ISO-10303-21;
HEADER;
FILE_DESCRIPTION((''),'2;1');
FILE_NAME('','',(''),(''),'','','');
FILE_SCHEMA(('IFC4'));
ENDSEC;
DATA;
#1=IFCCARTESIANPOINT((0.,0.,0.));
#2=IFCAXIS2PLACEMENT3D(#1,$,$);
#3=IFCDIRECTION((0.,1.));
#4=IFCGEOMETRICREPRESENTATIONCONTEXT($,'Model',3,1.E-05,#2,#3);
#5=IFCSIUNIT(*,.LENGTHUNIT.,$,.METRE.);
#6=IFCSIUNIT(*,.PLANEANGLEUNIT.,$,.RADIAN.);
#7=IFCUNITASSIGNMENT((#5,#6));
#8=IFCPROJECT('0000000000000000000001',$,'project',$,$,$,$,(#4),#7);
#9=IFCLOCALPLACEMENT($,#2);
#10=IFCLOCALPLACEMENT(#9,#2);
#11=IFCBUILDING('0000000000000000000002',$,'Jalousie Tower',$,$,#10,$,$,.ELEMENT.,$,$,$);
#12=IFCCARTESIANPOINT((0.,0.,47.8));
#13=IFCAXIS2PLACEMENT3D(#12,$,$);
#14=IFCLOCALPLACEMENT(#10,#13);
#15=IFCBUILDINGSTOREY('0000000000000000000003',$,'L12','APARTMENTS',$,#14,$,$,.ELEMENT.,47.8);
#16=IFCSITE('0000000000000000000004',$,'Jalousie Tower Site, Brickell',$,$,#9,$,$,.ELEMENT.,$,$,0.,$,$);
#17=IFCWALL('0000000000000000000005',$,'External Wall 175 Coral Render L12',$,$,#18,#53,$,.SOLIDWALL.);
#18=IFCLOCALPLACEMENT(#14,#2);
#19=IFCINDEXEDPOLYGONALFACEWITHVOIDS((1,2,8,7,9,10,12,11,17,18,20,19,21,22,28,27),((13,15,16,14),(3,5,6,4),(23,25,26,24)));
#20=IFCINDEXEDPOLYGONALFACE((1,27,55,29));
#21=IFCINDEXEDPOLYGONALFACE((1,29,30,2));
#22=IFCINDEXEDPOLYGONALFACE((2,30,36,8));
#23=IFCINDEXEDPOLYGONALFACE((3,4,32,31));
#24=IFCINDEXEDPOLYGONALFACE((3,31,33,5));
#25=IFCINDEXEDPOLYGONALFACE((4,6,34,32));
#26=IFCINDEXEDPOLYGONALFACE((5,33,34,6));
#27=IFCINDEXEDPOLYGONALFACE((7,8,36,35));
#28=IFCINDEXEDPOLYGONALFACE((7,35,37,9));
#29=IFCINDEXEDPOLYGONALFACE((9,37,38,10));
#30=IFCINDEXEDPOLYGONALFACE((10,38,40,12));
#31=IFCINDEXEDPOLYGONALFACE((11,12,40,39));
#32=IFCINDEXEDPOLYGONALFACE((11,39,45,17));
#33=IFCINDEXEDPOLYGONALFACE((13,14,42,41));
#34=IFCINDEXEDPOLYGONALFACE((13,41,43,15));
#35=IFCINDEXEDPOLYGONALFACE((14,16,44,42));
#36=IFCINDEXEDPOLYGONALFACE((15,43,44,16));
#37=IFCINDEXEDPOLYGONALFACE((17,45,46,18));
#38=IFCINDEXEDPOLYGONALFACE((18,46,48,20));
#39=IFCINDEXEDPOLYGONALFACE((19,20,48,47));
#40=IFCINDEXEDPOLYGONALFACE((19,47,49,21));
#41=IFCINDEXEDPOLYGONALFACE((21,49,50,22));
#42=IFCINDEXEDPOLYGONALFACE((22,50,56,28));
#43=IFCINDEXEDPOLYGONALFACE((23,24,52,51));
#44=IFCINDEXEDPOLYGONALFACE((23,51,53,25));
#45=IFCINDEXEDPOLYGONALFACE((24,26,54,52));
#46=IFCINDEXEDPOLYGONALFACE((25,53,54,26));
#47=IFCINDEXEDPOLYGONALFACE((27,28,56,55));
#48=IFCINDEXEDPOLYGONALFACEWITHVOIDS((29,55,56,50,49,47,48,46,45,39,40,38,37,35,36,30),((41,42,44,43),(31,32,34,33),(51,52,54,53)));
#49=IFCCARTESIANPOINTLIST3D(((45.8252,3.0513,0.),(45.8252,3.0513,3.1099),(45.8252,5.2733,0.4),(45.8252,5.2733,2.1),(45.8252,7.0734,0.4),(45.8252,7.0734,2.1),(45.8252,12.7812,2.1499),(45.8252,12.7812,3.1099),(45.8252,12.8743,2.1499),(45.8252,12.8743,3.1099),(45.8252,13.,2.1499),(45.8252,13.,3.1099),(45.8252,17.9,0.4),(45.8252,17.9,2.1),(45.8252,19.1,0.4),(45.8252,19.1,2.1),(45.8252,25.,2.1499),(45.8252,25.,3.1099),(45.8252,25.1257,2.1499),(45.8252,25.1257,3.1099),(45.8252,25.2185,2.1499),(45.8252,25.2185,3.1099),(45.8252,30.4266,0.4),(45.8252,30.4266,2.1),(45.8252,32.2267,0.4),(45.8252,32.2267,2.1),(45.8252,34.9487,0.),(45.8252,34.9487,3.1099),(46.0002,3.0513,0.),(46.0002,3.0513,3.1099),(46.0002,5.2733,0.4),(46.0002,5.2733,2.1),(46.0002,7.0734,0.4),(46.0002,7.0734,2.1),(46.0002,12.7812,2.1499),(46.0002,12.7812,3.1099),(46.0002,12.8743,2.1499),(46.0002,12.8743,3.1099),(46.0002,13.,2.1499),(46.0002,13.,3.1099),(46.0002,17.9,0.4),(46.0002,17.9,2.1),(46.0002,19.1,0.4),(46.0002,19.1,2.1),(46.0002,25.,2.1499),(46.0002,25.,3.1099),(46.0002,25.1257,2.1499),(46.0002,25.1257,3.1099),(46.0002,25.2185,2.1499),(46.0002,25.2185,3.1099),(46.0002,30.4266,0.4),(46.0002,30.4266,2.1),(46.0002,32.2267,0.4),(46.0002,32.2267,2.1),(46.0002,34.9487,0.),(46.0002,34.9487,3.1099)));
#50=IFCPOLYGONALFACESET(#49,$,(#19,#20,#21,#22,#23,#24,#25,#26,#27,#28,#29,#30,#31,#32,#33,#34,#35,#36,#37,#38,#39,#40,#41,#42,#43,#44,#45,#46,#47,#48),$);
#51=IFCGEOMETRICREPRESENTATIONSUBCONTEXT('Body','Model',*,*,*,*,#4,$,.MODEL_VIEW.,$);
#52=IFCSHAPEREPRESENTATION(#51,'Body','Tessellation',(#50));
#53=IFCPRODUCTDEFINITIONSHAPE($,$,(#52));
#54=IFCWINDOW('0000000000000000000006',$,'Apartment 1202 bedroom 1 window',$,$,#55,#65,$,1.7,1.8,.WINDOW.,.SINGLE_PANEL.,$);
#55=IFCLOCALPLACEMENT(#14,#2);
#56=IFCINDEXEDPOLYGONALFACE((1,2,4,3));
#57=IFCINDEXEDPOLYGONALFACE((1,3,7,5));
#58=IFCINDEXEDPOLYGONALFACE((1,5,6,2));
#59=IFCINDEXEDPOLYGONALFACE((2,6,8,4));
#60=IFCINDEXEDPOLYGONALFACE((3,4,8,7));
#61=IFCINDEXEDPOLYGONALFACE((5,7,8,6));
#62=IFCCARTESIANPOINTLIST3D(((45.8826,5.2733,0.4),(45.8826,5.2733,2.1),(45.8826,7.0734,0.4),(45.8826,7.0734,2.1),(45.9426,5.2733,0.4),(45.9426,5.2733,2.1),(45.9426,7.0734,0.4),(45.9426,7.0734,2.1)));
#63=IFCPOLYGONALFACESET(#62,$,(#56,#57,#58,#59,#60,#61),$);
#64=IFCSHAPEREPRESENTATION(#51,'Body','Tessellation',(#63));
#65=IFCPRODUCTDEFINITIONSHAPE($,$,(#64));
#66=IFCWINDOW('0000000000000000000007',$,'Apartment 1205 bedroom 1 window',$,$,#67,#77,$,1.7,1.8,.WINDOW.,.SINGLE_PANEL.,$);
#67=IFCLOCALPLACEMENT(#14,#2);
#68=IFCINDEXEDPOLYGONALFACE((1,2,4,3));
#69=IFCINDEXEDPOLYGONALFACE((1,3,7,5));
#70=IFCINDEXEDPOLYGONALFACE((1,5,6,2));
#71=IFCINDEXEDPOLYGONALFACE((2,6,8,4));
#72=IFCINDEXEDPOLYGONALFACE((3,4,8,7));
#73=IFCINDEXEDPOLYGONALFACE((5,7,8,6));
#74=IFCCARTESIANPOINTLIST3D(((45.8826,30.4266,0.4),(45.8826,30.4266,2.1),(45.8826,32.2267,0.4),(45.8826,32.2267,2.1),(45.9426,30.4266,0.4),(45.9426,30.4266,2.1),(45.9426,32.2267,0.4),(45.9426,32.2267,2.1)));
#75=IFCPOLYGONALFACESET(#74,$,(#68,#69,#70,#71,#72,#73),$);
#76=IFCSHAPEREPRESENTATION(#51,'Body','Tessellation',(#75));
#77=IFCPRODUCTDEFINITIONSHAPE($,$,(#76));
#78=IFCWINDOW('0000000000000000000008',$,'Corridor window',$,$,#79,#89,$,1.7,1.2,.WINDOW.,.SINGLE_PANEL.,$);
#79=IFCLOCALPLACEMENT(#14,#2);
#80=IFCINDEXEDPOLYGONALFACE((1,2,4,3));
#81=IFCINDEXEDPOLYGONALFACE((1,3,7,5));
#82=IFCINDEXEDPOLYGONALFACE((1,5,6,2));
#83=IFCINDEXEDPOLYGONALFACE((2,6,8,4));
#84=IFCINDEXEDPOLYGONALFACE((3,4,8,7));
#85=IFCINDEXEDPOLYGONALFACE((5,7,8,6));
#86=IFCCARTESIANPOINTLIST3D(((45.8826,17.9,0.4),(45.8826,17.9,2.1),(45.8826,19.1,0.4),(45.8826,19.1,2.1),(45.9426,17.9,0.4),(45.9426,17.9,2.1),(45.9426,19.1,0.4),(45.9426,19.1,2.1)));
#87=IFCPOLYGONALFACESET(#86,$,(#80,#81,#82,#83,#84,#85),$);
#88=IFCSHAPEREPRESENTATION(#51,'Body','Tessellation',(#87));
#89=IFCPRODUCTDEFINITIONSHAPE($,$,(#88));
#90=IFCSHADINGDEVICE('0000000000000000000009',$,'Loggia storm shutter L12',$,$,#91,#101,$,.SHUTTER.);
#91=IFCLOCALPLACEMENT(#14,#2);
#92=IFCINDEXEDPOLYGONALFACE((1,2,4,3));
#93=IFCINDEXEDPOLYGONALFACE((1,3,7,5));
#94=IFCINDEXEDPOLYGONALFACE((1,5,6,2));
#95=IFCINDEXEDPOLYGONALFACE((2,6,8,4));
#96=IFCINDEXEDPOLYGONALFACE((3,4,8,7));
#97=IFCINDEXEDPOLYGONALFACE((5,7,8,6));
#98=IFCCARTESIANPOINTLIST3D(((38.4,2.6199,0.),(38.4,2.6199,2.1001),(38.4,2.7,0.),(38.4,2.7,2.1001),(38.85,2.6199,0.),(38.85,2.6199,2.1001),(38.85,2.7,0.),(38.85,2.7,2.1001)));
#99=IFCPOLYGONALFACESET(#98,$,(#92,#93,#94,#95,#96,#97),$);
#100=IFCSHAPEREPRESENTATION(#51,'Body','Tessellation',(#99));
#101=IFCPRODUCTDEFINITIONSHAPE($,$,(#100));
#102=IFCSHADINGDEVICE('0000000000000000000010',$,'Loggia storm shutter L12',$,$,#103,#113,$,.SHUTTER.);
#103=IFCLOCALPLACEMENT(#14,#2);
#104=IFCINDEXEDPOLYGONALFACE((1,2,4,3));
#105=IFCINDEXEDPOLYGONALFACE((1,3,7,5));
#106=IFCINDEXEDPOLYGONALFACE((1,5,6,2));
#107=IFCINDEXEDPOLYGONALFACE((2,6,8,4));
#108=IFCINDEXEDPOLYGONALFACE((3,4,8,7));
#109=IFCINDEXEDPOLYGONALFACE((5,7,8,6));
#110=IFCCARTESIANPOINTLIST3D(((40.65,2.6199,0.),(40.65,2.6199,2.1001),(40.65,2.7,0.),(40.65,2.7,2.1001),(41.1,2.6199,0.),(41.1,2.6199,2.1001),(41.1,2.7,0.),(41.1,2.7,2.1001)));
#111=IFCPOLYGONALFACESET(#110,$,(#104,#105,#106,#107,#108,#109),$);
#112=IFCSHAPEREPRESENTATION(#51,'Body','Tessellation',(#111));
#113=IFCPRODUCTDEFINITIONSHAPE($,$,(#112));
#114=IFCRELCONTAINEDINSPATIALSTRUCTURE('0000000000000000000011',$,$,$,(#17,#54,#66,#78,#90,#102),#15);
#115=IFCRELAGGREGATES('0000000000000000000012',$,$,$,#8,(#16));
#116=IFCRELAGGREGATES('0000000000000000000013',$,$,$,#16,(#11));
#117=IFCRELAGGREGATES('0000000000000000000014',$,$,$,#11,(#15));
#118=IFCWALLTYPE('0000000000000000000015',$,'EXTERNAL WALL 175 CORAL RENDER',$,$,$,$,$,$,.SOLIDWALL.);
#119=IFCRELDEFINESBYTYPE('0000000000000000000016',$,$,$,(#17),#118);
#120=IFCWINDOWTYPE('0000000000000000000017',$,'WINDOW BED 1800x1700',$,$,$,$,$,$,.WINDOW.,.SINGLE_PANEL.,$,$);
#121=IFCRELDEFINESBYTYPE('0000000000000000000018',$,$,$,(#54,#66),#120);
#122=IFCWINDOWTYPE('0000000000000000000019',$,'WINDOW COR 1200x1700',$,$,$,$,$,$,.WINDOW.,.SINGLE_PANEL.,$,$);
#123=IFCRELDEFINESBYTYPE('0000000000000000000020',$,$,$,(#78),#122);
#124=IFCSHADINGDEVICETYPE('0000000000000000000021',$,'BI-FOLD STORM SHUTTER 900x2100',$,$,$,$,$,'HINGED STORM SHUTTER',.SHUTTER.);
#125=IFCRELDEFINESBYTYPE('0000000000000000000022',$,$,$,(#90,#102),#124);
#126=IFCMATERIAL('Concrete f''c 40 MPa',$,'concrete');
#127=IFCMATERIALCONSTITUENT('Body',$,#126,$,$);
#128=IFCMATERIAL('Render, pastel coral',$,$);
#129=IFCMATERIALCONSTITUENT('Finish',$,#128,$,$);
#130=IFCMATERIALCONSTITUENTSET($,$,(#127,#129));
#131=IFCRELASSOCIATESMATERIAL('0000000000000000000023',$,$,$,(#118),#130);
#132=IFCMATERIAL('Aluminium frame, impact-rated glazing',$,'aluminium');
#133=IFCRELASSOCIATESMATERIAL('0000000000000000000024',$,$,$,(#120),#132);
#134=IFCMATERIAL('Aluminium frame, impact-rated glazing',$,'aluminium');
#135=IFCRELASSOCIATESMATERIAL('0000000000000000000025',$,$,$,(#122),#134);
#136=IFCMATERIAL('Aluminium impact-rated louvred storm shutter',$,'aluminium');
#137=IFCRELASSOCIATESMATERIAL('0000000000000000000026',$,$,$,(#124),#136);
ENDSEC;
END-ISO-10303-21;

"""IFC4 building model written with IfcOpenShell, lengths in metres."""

from ifc_helpers import new_model, si_unit, direction, frame, frame_2d, origin, origin_2d, place, context, subcontext, project, spatial, polyline, rectangle, outline, extrude, material, constituent, constituent_set, type_object, element, fill, save


model = new_model("IFC4")

# Units and contexts
model_context = context("Model", 3, precision=1e-05, world=origin(), true_north=direction((0.0, 1.0)))
body_context = subcontext(model_context, "Body", "Model", "MODEL_VIEW")
ifc_project = project(units=[si_unit("LENGTHUNIT", "METRE"), si_unit("PLANEANGLEUNIT", "RADIAN")], contexts=[model_context])

# Site, building, storey
site_placement = place(None, origin())
site = spatial("IfcSite", under=ifc_project, at=site_placement, Name="Jalousie Tower Site, Brickell", CompositionType="ELEMENT", RefElevation=0.0)
building_placement = place(site_placement, origin())
building = spatial("IfcBuilding", under=site, at=building_placement, Name="Jalousie Tower", CompositionType="ELEMENT")
storey_placement = place(building_placement, frame((0.0, 0.0, 47.8)))
storey = spatial("IfcBuildingStorey", under=building, at=storey_placement, Name="L12", Description="APARTMENTS", CompositionType="ELEMENT", Elevation=47.8)

# Shared definitions
ifc_material_1 = material(Name="Concrete f'c 40 MPa", Category="concrete")
ifc_constituent_1 = constituent(ifc_material_1, Name="Body")
ifc_material_2 = material(Name="Render, pastel coral")
ifc_constituent_2 = constituent(ifc_material_2, Name="Finish")
ifc_constituent_set = constituent_set(constituents=[ifc_constituent_1, ifc_constituent_2])
wall_type = type_object("IfcWallType", Name="EXTERNAL WALL 175 CORAL RENDER", PredefinedType="SOLIDWALL", material=ifc_constituent_set)

# Wall, openings, windows
wall_1_placement = place(storey_placement, frame((45.9126, 3.0513, 0.0), z_axis=(0.0, 0.0, 1.0), x_axis=(0.0, 1.0, 0.0)))
wall_1 = element("IfcWall", 1, at=wall_1_placement, inside=storey, type_object=wall_type, Name="External Wall 175 Coral Render L12", PredefinedType="SOLIDWALL", context=body_context, shape_type="SweptSolid", body=[
    extrude(outline(polyline([(0.0, 0.0), (31.8975, 0.0), (31.8975, 3.1099), (22.1672, 3.1099), (22.1672, 2.1499), (22.0745, 2.1499), (22.0745, 3.1099), (21.9487, 3.1099), (21.9487, 2.1499), (9.9487, 2.1499), (9.9487, 3.1099), (9.823, 3.1099), (9.823, 2.1499), (9.73, 2.1499), (9.73, 3.1099), (0.0, 3.1099), (0.0, 0.0)])), frame((0.0, 0.0874, 0.0), z_axis=(0.0, -1.0, 0.0), x_axis=(1.0, 0.0, 0.0)), (0.0, 0.0, 1.0), 0.175),
])
opening_1_placement = place(wall_1_placement, frame((2.2222, 0.0, 0.3999)))
opening_1 = element("IfcOpeningElement", 2, at=opening_1_placement, cuts=wall_1, PredefinedType="OPENING", context=body_context, shape_type="SweptSolid", body=[
    extrude(rectangle(XDim=1.8, YDim=1.7, at=frame_2d((0.8999, 0.8501))), frame((0.0, 0.0974, 0.0), z_axis=(0.0, -1.0, 0.0), x_axis=(1.0, 0.0, 0.0)), (0.0, 0.0, 1.0), 0.1951),
])
opening_2_placement = place(wall_1_placement, frame((14.8486, 0.0, 0.3999)))
opening_2 = element("IfcOpeningElement", 3, at=opening_2_placement, cuts=wall_1, PredefinedType="OPENING", context=body_context, shape_type="SweptSolid", body=[
    extrude(rectangle(XDim=1.2, YDim=1.7, at=frame_2d((0.6001, 0.8501))), frame((0.0, 0.0974, 0.0), z_axis=(0.0, -1.0, 0.0), x_axis=(1.0, 0.0, 0.0)), (0.0, 0.0, 1.0), 0.1951),
])
opening_3_placement = place(wall_1_placement, frame((27.3755, 0.0, 0.3999)))
opening_3 = element("IfcOpeningElement", 4, at=opening_3_placement, cuts=wall_1, PredefinedType="OPENING", context=body_context, shape_type="SweptSolid", body=[
    extrude(rectangle(XDim=1.8, YDim=1.7, at=frame_2d((0.8999, 0.8501))), frame((0.0, 0.0974, 0.0), z_axis=(0.0, -1.0, 0.0), x_axis=(1.0, 0.0, 0.0)), (0.0, 0.0, 1.0), 0.1951),
])
ifc_material_3 = material(Name="Aluminium frame, impact-rated glazing", Category="aluminium")
window_type_1 = type_object("IfcWindowType", Name="WINDOW BED 1800x1700", PartitioningType="SINGLE_PANEL", PredefinedType="WINDOW", material=ifc_material_3)
window_1_placement = place(opening_1_placement, origin())
window_1 = element("IfcWindow", 5, at=window_1_placement, inside=storey, type_object=window_type_1, Name="Apartment 1202 bedroom 1 window", OverallHeight=1.7, OverallWidth=1.8, PartitioningType="SINGLE_PANEL", PredefinedType="WINDOW", context=body_context, shape_type="SweptSolid", body=[
    extrude(rectangle(XDim=1.8, YDim=1.7, at=frame_2d((0.8999, 0.8501))), frame((0.0, 0.03, 0.0), z_axis=(0.0, -1.0, 0.0), x_axis=(1.0, 0.0, 0.0)), (0.0, 0.0, 1.0), 0.0601),
])
fill(opening_1, window_1)
window_2_placement = place(opening_3_placement, origin())
window_2 = element("IfcWindow", 6, at=window_2_placement, inside=storey, type_object=window_type_1, Name="Apartment 1205 bedroom 1 window", OverallHeight=1.7, OverallWidth=1.8, PartitioningType="SINGLE_PANEL", PredefinedType="WINDOW", context=body_context, shape_type="SweptSolid", body=[
    extrude(rectangle(XDim=1.8, YDim=1.7, at=frame_2d((0.8999, 0.8501))), frame((0.0, 0.03, 0.0), z_axis=(0.0, -1.0, 0.0), x_axis=(1.0, 0.0, 0.0)), (0.0, 0.0, 1.0), 0.0601),
])
fill(opening_3, window_2)
ifc_material_4 = material(Name="Aluminium frame, impact-rated glazing", Category="aluminium")
window_type_2 = type_object("IfcWindowType", Name="WINDOW COR 1200x1700", PartitioningType="SINGLE_PANEL", PredefinedType="WINDOW", material=ifc_material_4)
window_3_placement = place(opening_2_placement, origin())
window_3 = element("IfcWindow", 7, at=window_3_placement, inside=storey, type_object=window_type_2, Name="Corridor window", OverallHeight=1.7, OverallWidth=1.2, PartitioningType="SINGLE_PANEL", PredefinedType="WINDOW", context=body_context, shape_type="SweptSolid", body=[
    extrude(rectangle(XDim=1.2, YDim=1.7, at=frame_2d((0.6001, 0.8501))), frame((0.0, 0.03, 0.0), z_axis=(0.0, -1.0, 0.0), x_axis=(1.0, 0.0, 0.0)), (0.0, 0.0, 1.0), 0.0601),
])
fill(opening_2, window_3)

# Shading devices
ifc_material_5 = material(Name="Aluminium impact-rated louvred storm shutter", Category="aluminium")
shading_device_type_1 = type_object("IfcShadingDeviceType", Name="BI-FOLD STORM SHUTTER 900x2100", ElementType="HINGED STORM SHUTTER", PredefinedType="SHUTTER", material=ifc_material_5)
for number, where, z_axis, x_axis, name in (
    (8, (38.625, 2.6599, 0.0), (0.0, 0.0, 1.0), (1.0, 0.0, 0.0), "Loggia storm shutter L12"),
    (9, (40.875, 2.6599, 0.0), (0.0, 0.0, 1.0), (1.0, 0.0, 0.0), "Loggia storm shutter L12"),
):
    element("IfcShadingDevice", number, at=place(storey_placement, frame(where, z_axis=z_axis, x_axis=x_axis)), inside=storey, type_object=shading_device_type_1, Name=name, PredefinedType="SHUTTER", context=body_context, shape_type="SweptSolid", body=[
        extrude(rectangle(XDim=0.45, YDim=0.0801, at=origin_2d()), origin(), (0.0, 0.0, 1.0), 2.1001),
    ])

save(model, "model.ifc")
